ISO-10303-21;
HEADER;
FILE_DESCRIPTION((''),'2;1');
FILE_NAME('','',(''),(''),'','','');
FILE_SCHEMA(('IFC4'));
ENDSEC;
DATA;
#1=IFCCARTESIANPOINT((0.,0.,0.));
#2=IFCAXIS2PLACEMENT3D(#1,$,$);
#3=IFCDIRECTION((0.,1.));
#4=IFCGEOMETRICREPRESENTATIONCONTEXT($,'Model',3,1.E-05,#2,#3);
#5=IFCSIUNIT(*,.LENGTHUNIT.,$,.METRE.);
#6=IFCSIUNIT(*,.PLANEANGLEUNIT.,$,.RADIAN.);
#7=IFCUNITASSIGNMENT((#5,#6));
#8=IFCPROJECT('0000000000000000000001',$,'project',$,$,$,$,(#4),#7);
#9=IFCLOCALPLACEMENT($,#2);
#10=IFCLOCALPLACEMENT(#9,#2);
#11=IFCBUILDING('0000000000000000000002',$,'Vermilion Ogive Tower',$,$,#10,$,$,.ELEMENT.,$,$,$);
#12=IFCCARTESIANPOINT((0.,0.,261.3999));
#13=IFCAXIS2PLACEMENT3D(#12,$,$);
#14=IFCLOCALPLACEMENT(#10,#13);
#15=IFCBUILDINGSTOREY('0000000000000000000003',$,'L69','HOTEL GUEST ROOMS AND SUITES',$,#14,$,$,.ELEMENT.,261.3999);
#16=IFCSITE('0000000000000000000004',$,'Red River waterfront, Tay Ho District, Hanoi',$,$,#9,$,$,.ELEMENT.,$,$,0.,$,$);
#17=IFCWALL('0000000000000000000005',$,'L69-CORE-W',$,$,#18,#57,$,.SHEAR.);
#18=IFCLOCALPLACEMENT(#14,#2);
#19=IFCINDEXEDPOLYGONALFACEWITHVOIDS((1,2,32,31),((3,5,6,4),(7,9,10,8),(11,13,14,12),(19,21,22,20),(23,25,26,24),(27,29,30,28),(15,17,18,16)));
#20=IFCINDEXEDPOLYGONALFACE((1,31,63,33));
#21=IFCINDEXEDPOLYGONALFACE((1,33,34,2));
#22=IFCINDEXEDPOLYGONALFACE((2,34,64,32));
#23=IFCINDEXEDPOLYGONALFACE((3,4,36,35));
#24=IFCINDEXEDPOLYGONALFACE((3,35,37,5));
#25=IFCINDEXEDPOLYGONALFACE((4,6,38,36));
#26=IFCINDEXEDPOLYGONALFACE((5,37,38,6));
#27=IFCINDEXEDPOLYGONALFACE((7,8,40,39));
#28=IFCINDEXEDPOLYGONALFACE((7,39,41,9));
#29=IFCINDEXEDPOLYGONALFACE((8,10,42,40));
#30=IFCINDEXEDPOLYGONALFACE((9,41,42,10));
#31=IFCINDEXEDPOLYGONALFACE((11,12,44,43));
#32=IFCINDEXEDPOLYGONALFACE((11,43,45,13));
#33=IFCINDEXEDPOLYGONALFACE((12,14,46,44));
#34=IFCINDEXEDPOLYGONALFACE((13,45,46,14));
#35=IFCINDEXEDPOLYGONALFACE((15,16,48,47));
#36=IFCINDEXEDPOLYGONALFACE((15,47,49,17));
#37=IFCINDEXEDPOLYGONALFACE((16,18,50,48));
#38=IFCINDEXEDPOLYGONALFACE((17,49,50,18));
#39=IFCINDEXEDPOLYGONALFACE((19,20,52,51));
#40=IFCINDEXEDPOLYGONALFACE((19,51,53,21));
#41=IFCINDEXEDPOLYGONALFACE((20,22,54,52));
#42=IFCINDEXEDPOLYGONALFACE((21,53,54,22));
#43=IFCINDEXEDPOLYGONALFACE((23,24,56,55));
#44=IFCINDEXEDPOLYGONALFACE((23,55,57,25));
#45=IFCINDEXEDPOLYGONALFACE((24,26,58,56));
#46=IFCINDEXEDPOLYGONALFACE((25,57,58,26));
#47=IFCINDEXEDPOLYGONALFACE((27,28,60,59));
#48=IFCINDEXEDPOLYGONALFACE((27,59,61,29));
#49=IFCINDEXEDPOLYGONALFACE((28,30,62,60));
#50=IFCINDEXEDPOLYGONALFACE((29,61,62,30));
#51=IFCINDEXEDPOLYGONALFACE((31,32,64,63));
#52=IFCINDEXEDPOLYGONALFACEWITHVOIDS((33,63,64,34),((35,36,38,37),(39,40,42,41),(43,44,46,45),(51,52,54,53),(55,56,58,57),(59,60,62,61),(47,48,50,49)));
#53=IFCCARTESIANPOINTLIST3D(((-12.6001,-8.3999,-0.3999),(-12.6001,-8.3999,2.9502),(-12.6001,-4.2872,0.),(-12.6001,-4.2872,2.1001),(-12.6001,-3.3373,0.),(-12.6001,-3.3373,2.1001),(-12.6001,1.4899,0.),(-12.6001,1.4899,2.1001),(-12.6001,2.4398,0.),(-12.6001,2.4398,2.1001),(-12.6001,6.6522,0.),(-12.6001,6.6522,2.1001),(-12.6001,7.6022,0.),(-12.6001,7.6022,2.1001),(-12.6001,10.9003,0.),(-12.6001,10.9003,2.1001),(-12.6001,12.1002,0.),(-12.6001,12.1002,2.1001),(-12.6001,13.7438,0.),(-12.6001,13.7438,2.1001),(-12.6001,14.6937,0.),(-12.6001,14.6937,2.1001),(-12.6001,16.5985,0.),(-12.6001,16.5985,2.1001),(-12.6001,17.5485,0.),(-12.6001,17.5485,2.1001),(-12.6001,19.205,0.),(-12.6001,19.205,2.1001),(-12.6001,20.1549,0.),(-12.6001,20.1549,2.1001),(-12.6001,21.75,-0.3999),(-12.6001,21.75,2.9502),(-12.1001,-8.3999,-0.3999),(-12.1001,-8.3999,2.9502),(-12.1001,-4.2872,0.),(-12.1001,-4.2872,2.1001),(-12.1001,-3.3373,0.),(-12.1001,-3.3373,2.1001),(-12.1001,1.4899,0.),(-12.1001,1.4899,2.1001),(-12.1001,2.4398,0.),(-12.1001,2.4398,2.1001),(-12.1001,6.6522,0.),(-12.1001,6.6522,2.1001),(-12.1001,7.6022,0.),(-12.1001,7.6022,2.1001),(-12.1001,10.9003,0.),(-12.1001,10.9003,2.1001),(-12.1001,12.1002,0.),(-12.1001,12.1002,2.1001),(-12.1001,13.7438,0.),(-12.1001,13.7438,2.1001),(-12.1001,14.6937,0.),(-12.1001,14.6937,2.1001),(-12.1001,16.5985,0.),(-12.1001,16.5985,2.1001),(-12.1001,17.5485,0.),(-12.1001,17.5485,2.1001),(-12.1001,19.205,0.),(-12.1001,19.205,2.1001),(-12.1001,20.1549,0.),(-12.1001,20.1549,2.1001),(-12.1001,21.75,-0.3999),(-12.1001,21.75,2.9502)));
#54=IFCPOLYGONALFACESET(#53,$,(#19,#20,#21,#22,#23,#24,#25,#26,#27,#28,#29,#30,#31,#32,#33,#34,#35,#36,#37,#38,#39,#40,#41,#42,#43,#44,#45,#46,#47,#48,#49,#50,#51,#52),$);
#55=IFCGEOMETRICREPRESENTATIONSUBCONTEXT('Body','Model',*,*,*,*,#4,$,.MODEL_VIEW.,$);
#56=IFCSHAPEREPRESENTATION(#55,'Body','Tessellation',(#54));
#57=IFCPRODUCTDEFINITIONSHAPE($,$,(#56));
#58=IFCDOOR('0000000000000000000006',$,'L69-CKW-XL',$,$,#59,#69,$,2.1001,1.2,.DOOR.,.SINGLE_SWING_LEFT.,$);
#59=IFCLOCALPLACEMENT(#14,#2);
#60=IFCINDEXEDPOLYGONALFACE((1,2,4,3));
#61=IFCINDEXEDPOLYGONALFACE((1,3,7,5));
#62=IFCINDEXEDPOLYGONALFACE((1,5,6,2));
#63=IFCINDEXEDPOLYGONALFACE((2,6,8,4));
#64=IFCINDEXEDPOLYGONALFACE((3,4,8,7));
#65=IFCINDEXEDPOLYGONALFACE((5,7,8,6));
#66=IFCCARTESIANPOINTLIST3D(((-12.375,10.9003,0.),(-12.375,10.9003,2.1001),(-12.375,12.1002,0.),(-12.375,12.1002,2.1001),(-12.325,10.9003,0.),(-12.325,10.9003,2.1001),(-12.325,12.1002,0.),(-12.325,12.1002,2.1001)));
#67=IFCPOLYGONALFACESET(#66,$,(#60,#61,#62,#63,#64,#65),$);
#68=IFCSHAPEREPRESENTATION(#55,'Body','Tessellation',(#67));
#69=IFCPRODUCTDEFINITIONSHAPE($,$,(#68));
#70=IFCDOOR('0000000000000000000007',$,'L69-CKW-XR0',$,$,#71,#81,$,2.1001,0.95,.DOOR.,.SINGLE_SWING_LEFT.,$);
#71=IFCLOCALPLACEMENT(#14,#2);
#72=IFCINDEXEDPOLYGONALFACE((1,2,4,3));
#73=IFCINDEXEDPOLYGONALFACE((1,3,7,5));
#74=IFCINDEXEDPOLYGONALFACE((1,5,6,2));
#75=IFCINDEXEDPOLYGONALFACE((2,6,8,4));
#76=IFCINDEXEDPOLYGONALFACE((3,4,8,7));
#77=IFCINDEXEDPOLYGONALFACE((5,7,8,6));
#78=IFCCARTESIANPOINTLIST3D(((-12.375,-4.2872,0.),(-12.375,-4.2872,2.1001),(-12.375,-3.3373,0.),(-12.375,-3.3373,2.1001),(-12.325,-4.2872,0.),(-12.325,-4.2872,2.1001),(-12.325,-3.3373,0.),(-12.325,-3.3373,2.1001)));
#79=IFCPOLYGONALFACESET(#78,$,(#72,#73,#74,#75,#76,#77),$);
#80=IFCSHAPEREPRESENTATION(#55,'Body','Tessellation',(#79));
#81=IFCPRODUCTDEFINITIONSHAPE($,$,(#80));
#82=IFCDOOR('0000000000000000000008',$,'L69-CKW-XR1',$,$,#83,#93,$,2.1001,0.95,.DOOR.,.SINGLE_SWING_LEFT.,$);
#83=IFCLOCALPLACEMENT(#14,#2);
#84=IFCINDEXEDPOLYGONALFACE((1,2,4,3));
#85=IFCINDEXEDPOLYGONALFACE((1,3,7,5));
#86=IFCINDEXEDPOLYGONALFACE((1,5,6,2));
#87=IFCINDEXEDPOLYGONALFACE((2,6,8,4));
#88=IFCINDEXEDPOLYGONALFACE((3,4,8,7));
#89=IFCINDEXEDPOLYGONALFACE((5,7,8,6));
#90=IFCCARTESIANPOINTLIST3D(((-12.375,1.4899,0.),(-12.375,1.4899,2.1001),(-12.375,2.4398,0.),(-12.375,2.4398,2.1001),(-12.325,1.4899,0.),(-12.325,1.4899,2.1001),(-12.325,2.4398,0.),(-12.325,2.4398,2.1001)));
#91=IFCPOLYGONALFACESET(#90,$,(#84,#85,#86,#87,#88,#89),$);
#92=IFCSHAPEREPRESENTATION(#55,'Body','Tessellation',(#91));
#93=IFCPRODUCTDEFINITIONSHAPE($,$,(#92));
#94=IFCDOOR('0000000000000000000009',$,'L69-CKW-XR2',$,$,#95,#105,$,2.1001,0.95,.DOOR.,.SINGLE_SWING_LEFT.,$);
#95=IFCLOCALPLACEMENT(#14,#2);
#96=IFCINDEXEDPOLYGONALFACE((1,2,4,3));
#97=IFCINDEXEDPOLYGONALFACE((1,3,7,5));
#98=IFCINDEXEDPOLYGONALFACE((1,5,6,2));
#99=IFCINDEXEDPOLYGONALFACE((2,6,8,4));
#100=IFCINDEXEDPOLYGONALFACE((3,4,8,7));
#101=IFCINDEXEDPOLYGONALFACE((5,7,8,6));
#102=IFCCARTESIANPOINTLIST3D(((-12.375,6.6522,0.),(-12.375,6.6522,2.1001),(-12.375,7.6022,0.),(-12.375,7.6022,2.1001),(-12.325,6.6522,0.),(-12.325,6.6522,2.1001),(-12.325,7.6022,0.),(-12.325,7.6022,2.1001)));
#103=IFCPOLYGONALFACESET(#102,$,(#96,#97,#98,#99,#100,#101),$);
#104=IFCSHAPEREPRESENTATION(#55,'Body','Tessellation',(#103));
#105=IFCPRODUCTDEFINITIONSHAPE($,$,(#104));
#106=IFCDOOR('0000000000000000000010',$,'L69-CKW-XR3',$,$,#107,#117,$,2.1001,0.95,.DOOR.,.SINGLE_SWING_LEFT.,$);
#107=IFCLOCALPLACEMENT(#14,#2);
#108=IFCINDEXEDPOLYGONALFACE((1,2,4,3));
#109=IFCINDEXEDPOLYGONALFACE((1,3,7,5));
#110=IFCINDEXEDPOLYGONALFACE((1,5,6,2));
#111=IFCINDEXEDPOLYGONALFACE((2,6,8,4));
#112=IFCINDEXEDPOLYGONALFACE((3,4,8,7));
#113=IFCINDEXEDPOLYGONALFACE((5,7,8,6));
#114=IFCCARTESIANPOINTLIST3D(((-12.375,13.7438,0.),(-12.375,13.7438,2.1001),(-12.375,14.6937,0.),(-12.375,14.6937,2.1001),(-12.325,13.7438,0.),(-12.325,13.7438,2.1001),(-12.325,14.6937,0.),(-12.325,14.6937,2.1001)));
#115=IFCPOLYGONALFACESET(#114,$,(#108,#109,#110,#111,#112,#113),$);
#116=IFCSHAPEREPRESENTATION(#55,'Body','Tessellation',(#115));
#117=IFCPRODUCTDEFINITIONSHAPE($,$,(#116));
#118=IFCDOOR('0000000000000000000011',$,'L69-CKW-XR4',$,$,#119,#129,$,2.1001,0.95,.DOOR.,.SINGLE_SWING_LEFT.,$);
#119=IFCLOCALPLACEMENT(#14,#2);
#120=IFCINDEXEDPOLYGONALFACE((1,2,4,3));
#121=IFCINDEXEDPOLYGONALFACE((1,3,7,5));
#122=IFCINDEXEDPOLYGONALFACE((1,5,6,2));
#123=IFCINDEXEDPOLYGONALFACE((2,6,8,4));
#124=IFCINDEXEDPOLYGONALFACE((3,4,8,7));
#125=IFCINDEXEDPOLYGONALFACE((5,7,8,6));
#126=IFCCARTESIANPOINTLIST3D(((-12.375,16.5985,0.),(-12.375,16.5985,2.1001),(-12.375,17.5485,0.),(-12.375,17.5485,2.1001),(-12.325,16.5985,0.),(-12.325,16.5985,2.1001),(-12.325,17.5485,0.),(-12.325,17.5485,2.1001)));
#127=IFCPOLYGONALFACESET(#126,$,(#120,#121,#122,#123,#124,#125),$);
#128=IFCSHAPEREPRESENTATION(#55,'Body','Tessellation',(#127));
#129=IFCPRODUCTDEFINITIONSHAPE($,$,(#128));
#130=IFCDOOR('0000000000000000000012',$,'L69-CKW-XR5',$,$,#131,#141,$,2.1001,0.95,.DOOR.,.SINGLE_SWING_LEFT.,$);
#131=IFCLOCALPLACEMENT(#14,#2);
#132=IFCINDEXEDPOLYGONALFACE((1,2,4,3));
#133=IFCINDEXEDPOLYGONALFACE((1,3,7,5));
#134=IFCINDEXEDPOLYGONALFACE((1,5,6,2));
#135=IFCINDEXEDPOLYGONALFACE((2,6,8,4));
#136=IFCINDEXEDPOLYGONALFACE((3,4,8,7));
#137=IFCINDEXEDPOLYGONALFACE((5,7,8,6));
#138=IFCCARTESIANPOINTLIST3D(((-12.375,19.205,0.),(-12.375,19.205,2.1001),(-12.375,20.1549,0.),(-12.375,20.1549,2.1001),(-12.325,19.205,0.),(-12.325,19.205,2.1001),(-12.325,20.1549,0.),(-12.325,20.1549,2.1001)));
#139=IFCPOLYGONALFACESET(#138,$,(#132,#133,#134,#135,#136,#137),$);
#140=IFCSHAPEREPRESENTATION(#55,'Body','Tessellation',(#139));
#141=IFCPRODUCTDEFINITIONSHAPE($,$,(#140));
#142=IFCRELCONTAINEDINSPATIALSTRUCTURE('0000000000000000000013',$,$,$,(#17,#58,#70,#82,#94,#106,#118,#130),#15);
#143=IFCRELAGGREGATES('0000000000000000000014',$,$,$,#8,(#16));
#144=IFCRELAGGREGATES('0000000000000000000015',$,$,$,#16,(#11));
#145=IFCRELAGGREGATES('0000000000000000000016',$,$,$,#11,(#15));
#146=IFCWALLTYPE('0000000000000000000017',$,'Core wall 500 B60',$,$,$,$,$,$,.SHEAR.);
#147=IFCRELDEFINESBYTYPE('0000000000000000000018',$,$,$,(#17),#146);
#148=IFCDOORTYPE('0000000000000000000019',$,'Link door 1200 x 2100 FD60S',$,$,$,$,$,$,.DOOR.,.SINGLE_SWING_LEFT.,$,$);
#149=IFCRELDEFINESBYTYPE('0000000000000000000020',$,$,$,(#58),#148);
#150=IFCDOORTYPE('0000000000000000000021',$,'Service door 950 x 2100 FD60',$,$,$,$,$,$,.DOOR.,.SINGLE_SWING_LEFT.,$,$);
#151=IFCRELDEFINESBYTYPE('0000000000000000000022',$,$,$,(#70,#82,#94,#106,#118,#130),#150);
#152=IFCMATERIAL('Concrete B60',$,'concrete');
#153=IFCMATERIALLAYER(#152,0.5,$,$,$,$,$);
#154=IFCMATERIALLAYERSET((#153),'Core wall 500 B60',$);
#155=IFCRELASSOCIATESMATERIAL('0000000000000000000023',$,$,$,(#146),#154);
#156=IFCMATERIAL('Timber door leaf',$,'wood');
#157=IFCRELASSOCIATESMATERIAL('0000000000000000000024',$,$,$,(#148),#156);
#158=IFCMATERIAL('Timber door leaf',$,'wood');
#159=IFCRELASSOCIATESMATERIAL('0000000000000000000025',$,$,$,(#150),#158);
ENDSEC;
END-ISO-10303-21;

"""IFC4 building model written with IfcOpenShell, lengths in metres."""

from ifc_helpers import new_model, si_unit, direction, frame, frame_2d, origin, place, context, subcontext, project, spatial, rectangle, extrude, material, layer, layer_set, type_object, element, fill, save


model = new_model("IFC4")

# Units and contexts
model_context = context("Model", 3, precision=1e-05, world=origin(), true_north=direction((0.0, 1.0)))
body_context = subcontext(model_context, "Body", "Model", "MODEL_VIEW")
ifc_project = project(units=[si_unit("LENGTHUNIT", "METRE"), si_unit("PLANEANGLEUNIT", "RADIAN")], contexts=[model_context])

# Site, building, storey
site_placement = place(None, origin())
site = spatial("IfcSite", under=ifc_project, at=site_placement, Name="Red River waterfront, Tay Ho District, Hanoi", CompositionType="ELEMENT", RefElevation=0.0)
building_placement = place(site_placement, origin())
building = spatial("IfcBuilding", under=site, at=building_placement, Name="Vermilion Ogive Tower", CompositionType="ELEMENT")
storey_placement = place(building_placement, frame((0.0, 0.0, 261.3999)))
storey = spatial("IfcBuildingStorey", under=building, at=storey_placement, Name="L69", Description="HOTEL GUEST ROOMS AND SUITES", CompositionType="ELEMENT", Elevation=261.3999)

# Wall, openings, doors
ifc_material_1 = material(Name="Concrete B60", Category="concrete")
ifc_layer_1 = layer(ifc_material_1, 0.5)
ifc_layer_set_1 = layer_set([ifc_layer_1], Name="Core wall 500 B60")
wall_type_1 = type_object("IfcWallType", Name="Core wall 500 B60", PredefinedType="SHEAR", material=ifc_layer_set_1)
wall_1_placement = place(storey_placement, frame((-12.3501, -8.3999, -0.3999), z_axis=(0.0, 0.0, 1.0), x_axis=(0.0, 1.0, 0.0)))
wall_1 = element("IfcWall", 1, at=wall_1_placement, inside=storey, type_object=wall_type_1, Name="L69-CORE-W", PredefinedType="SHEAR", context=body_context, shape_type="SweptSolid", body=[
    extrude(rectangle(XDim=30.1499, YDim=0.5, at=frame_2d((15.075, 0.0))), origin(), (0.0, 0.0, 1.0), 3.3501),
])
opening_1_placement = place(wall_1_placement, frame((4.1125, 0.0, 0.3999)))
opening_1 = element("IfcOpeningElement", 2, at=opening_1_placement, cuts=wall_1, PredefinedType="OPENING", context=body_context, shape_type="SweptSolid", body=[
    extrude(rectangle(XDim=0.95, YDim=2.1001, at=frame_2d((0.4751, 1.05))), frame((0.0, 0.26, 0.0), z_axis=(0.0, -1.0, 0.0), x_axis=(1.0, 0.0, 0.0)), (0.0, 0.0, 1.0), 0.52),
])
opening_2_placement = place(wall_1_placement, frame((9.8896, 0.0, 0.3999)))
opening_2 = element("IfcOpeningElement", 3, at=opening_2_placement, cuts=wall_1, PredefinedType="OPENING", context=body_context, shape_type="SweptSolid", body=[
    extrude(rectangle(XDim=0.95, YDim=2.1001, at=frame_2d((0.4751, 1.05))), frame((0.0, 0.26, 0.0), z_axis=(0.0, -1.0, 0.0), x_axis=(1.0, 0.0, 0.0)), (0.0, 0.0, 1.0), 0.52),
])
opening_3_placement = place(wall_1_placement, frame((15.052, 0.0, 0.3999)))
opening_3 = element("IfcOpeningElement", 4, at=opening_3_placement, cuts=wall_1, PredefinedType="OPENING", context=body_context, shape_type="SweptSolid", body=[
    extrude(rectangle(XDim=0.95, YDim=2.1001, at=frame_2d((0.4751, 1.05))), frame((0.0, 0.26, 0.0), z_axis=(0.0, -1.0, 0.0), x_axis=(1.0, 0.0, 0.0)), (0.0, 0.0, 1.0), 0.52),
])
opening_4_placement = place(wall_1_placement, frame((22.1436, 0.0, 0.3999)))
opening_4 = element("IfcOpeningElement", 5, at=opening_4_placement, cuts=wall_1, PredefinedType="OPENING", context=body_context, shape_type="SweptSolid", body=[
    extrude(rectangle(XDim=0.95, YDim=2.1001, at=frame_2d((0.4751, 1.05))), frame((0.0, 0.26, 0.0), z_axis=(0.0, -1.0, 0.0), x_axis=(1.0, 0.0, 0.0)), (0.0, 0.0, 1.0), 0.52),
])
opening_5_placement = place(wall_1_placement, frame((24.9983, 0.0, 0.3999)))
opening_5 = element("IfcOpeningElement", 6, at=opening_5_placement, cuts=wall_1, PredefinedType="OPENING", context=body_context, shape_type="SweptSolid", body=[
    extrude(rectangle(XDim=0.95, YDim=2.1001, at=frame_2d((0.4751, 1.05))), frame((0.0, 0.26, 0.0), z_axis=(0.0, -1.0, 0.0), x_axis=(1.0, 0.0, 0.0)), (0.0, 0.0, 1.0), 0.52),
])
opening_6_placement = place(wall_1_placement, frame((27.6047, 0.0, 0.3999)))
opening_6 = element("IfcOpeningElement", 7, at=opening_6_placement, cuts=wall_1, PredefinedType="OPENING", context=body_context, shape_type="SweptSolid", body=[
    extrude(rectangle(XDim=0.95, YDim=2.1001, at=frame_2d((0.4751, 1.05))), frame((0.0, 0.26, 0.0), z_axis=(0.0, -1.0, 0.0), x_axis=(1.0, 0.0, 0.0)), (0.0, 0.0, 1.0), 0.52),
])
opening_7_placement = place(wall_1_placement, frame((19.3, 0.0, 0.3999)))
opening_7 = element("IfcOpeningElement", 8, at=opening_7_placement, cuts=wall_1, PredefinedType="OPENING", context=body_context, shape_type="SweptSolid", body=[
    extrude(rectangle(XDim=1.2, YDim=2.1001, at=frame_2d((0.6001, 1.05))), frame((0.0, 0.26, 0.0), z_axis=(0.0, -1.0, 0.0), x_axis=(1.0, 0.0, 0.0)), (0.0, 0.0, 1.0), 0.52),
])
ifc_material_2 = material(Name="Timber door leaf", Category="wood")
door_type_1 = type_object("IfcDoorType", Name="Link door 1200 x 2100 FD60S", OperationType="SINGLE_SWING_LEFT", PredefinedType="DOOR", material=ifc_material_2)
door_1_placement = place(opening_7_placement, origin())
door_1 = element("IfcDoor", 9, at=door_1_placement, inside=storey, type_object=door_type_1, Name="L69-CKW-XL", OperationType="SINGLE_SWING_LEFT", OverallHeight=2.1001, OverallWidth=1.2, PredefinedType="DOOR", context=body_context, shape_type="SweptSolid", body=[
    extrude(rectangle(XDim=1.2, YDim=2.1001, at=frame_2d((0.6001, 1.05))), frame((0.0, 0.0249, 0.0), z_axis=(0.0, -1.0, 0.0), x_axis=(1.0, 0.0, 0.0)), (0.0, 0.0, 1.0), 0.05),
])
fill(opening_7, door_1)
ifc_material_3 = material(Name="Timber door leaf", Category="wood")
door_type_2 = type_object("IfcDoorType", Name="Service door 950 x 2100 FD60", OperationType="SINGLE_SWING_LEFT", PredefinedType="DOOR", material=ifc_material_3)
door_2_placement = place(opening_1_placement, origin())
door_2 = element("IfcDoor", 10, at=door_2_placement, inside=storey, type_object=door_type_2, Name="L69-CKW-XR0", OperationType="SINGLE_SWING_LEFT", OverallHeight=2.1001, OverallWidth=0.95, PredefinedType="DOOR", context=body_context, shape_type="SweptSolid", body=[
    extrude(rectangle(XDim=0.95, YDim=2.1001, at=frame_2d((0.4751, 1.05))), frame((0.0, 0.0249, 0.0), z_axis=(0.0, -1.0, 0.0), x_axis=(1.0, 0.0, 0.0)), (0.0, 0.0, 1.0), 0.05),
])
fill(opening_1, door_2)
door_3_placement = place(opening_2_placement, origin())
door_3 = element("IfcDoor", 11, at=door_3_placement, inside=storey, type_object=door_type_2, Name="L69-CKW-XR1", OperationType="SINGLE_SWING_LEFT", OverallHeight=2.1001, OverallWidth=0.95, PredefinedType="DOOR", context=body_context, shape_type="SweptSolid", body=[
    extrude(rectangle(XDim=0.95, YDim=2.1001, at=frame_2d((0.4751, 1.05))), frame((0.0, 0.0249, 0.0), z_axis=(0.0, -1.0, 0.0), x_axis=(1.0, 0.0, 0.0)), (0.0, 0.0, 1.0), 0.05),
])
fill(opening_2, door_3)
door_4_placement = place(opening_3_placement, origin())
door_4 = element("IfcDoor", 12, at=door_4_placement, inside=storey, type_object=door_type_2, Name="L69-CKW-XR2", OperationType="SINGLE_SWING_LEFT", OverallHeight=2.1001, OverallWidth=0.95, PredefinedType="DOOR", context=body_context, shape_type="SweptSolid", body=[
    extrude(rectangle(XDim=0.95, YDim=2.1001, at=frame_2d((0.4751, 1.05))), frame((0.0, 0.0249, 0.0), z_axis=(0.0, -1.0, 0.0), x_axis=(1.0, 0.0, 0.0)), (0.0, 0.0, 1.0), 0.05),
])
fill(opening_3, door_4)
door_5_placement = place(opening_4_placement, origin())
door_5 = element("IfcDoor", 13, at=door_5_placement, inside=storey, type_object=door_type_2, Name="L69-CKW-XR3", OperationType="SINGLE_SWING_LEFT", OverallHeight=2.1001, OverallWidth=0.95, PredefinedType="DOOR", context=body_context, shape_type="SweptSolid", body=[
    extrude(rectangle(XDim=0.95, YDim=2.1001, at=frame_2d((0.4751, 1.05))), frame((0.0, 0.0249, 0.0), z_axis=(0.0, -1.0, 0.0), x_axis=(1.0, 0.0, 0.0)), (0.0, 0.0, 1.0), 0.05),
])
fill(opening_4, door_5)
door_6_placement = place(opening_5_placement, origin())
door_6 = element("IfcDoor", 14, at=door_6_placement, inside=storey, type_object=door_type_2, Name="L69-CKW-XR4", OperationType="SINGLE_SWING_LEFT", OverallHeight=2.1001, OverallWidth=0.95, PredefinedType="DOOR", context=body_context, shape_type="SweptSolid", body=[
    extrude(rectangle(XDim=0.95, YDim=2.1001, at=frame_2d((0.4751, 1.05))), frame((0.0, 0.0249, 0.0), z_axis=(0.0, -1.0, 0.0), x_axis=(1.0, 0.0, 0.0)), (0.0, 0.0, 1.0), 0.05),
])
fill(opening_5, door_6)
door_7_placement = place(opening_6_placement, origin())
door_7 = element("IfcDoor", 15, at=door_7_placement, inside=storey, type_object=door_type_2, Name="L69-CKW-XR5", OperationType="SINGLE_SWING_LEFT", OverallHeight=2.1001, OverallWidth=0.95, PredefinedType="DOOR", context=body_context, shape_type="SweptSolid", body=[
    extrude(rectangle(XDim=0.95, YDim=2.1001, at=frame_2d((0.4751, 1.05))), frame((0.0, 0.0249, 0.0), z_axis=(0.0, -1.0, 0.0), x_axis=(1.0, 0.0, 0.0)), (0.0, 0.0, 1.0), 0.05),
])
fill(opening_6, door_7)

save(model, "model.ifc")
